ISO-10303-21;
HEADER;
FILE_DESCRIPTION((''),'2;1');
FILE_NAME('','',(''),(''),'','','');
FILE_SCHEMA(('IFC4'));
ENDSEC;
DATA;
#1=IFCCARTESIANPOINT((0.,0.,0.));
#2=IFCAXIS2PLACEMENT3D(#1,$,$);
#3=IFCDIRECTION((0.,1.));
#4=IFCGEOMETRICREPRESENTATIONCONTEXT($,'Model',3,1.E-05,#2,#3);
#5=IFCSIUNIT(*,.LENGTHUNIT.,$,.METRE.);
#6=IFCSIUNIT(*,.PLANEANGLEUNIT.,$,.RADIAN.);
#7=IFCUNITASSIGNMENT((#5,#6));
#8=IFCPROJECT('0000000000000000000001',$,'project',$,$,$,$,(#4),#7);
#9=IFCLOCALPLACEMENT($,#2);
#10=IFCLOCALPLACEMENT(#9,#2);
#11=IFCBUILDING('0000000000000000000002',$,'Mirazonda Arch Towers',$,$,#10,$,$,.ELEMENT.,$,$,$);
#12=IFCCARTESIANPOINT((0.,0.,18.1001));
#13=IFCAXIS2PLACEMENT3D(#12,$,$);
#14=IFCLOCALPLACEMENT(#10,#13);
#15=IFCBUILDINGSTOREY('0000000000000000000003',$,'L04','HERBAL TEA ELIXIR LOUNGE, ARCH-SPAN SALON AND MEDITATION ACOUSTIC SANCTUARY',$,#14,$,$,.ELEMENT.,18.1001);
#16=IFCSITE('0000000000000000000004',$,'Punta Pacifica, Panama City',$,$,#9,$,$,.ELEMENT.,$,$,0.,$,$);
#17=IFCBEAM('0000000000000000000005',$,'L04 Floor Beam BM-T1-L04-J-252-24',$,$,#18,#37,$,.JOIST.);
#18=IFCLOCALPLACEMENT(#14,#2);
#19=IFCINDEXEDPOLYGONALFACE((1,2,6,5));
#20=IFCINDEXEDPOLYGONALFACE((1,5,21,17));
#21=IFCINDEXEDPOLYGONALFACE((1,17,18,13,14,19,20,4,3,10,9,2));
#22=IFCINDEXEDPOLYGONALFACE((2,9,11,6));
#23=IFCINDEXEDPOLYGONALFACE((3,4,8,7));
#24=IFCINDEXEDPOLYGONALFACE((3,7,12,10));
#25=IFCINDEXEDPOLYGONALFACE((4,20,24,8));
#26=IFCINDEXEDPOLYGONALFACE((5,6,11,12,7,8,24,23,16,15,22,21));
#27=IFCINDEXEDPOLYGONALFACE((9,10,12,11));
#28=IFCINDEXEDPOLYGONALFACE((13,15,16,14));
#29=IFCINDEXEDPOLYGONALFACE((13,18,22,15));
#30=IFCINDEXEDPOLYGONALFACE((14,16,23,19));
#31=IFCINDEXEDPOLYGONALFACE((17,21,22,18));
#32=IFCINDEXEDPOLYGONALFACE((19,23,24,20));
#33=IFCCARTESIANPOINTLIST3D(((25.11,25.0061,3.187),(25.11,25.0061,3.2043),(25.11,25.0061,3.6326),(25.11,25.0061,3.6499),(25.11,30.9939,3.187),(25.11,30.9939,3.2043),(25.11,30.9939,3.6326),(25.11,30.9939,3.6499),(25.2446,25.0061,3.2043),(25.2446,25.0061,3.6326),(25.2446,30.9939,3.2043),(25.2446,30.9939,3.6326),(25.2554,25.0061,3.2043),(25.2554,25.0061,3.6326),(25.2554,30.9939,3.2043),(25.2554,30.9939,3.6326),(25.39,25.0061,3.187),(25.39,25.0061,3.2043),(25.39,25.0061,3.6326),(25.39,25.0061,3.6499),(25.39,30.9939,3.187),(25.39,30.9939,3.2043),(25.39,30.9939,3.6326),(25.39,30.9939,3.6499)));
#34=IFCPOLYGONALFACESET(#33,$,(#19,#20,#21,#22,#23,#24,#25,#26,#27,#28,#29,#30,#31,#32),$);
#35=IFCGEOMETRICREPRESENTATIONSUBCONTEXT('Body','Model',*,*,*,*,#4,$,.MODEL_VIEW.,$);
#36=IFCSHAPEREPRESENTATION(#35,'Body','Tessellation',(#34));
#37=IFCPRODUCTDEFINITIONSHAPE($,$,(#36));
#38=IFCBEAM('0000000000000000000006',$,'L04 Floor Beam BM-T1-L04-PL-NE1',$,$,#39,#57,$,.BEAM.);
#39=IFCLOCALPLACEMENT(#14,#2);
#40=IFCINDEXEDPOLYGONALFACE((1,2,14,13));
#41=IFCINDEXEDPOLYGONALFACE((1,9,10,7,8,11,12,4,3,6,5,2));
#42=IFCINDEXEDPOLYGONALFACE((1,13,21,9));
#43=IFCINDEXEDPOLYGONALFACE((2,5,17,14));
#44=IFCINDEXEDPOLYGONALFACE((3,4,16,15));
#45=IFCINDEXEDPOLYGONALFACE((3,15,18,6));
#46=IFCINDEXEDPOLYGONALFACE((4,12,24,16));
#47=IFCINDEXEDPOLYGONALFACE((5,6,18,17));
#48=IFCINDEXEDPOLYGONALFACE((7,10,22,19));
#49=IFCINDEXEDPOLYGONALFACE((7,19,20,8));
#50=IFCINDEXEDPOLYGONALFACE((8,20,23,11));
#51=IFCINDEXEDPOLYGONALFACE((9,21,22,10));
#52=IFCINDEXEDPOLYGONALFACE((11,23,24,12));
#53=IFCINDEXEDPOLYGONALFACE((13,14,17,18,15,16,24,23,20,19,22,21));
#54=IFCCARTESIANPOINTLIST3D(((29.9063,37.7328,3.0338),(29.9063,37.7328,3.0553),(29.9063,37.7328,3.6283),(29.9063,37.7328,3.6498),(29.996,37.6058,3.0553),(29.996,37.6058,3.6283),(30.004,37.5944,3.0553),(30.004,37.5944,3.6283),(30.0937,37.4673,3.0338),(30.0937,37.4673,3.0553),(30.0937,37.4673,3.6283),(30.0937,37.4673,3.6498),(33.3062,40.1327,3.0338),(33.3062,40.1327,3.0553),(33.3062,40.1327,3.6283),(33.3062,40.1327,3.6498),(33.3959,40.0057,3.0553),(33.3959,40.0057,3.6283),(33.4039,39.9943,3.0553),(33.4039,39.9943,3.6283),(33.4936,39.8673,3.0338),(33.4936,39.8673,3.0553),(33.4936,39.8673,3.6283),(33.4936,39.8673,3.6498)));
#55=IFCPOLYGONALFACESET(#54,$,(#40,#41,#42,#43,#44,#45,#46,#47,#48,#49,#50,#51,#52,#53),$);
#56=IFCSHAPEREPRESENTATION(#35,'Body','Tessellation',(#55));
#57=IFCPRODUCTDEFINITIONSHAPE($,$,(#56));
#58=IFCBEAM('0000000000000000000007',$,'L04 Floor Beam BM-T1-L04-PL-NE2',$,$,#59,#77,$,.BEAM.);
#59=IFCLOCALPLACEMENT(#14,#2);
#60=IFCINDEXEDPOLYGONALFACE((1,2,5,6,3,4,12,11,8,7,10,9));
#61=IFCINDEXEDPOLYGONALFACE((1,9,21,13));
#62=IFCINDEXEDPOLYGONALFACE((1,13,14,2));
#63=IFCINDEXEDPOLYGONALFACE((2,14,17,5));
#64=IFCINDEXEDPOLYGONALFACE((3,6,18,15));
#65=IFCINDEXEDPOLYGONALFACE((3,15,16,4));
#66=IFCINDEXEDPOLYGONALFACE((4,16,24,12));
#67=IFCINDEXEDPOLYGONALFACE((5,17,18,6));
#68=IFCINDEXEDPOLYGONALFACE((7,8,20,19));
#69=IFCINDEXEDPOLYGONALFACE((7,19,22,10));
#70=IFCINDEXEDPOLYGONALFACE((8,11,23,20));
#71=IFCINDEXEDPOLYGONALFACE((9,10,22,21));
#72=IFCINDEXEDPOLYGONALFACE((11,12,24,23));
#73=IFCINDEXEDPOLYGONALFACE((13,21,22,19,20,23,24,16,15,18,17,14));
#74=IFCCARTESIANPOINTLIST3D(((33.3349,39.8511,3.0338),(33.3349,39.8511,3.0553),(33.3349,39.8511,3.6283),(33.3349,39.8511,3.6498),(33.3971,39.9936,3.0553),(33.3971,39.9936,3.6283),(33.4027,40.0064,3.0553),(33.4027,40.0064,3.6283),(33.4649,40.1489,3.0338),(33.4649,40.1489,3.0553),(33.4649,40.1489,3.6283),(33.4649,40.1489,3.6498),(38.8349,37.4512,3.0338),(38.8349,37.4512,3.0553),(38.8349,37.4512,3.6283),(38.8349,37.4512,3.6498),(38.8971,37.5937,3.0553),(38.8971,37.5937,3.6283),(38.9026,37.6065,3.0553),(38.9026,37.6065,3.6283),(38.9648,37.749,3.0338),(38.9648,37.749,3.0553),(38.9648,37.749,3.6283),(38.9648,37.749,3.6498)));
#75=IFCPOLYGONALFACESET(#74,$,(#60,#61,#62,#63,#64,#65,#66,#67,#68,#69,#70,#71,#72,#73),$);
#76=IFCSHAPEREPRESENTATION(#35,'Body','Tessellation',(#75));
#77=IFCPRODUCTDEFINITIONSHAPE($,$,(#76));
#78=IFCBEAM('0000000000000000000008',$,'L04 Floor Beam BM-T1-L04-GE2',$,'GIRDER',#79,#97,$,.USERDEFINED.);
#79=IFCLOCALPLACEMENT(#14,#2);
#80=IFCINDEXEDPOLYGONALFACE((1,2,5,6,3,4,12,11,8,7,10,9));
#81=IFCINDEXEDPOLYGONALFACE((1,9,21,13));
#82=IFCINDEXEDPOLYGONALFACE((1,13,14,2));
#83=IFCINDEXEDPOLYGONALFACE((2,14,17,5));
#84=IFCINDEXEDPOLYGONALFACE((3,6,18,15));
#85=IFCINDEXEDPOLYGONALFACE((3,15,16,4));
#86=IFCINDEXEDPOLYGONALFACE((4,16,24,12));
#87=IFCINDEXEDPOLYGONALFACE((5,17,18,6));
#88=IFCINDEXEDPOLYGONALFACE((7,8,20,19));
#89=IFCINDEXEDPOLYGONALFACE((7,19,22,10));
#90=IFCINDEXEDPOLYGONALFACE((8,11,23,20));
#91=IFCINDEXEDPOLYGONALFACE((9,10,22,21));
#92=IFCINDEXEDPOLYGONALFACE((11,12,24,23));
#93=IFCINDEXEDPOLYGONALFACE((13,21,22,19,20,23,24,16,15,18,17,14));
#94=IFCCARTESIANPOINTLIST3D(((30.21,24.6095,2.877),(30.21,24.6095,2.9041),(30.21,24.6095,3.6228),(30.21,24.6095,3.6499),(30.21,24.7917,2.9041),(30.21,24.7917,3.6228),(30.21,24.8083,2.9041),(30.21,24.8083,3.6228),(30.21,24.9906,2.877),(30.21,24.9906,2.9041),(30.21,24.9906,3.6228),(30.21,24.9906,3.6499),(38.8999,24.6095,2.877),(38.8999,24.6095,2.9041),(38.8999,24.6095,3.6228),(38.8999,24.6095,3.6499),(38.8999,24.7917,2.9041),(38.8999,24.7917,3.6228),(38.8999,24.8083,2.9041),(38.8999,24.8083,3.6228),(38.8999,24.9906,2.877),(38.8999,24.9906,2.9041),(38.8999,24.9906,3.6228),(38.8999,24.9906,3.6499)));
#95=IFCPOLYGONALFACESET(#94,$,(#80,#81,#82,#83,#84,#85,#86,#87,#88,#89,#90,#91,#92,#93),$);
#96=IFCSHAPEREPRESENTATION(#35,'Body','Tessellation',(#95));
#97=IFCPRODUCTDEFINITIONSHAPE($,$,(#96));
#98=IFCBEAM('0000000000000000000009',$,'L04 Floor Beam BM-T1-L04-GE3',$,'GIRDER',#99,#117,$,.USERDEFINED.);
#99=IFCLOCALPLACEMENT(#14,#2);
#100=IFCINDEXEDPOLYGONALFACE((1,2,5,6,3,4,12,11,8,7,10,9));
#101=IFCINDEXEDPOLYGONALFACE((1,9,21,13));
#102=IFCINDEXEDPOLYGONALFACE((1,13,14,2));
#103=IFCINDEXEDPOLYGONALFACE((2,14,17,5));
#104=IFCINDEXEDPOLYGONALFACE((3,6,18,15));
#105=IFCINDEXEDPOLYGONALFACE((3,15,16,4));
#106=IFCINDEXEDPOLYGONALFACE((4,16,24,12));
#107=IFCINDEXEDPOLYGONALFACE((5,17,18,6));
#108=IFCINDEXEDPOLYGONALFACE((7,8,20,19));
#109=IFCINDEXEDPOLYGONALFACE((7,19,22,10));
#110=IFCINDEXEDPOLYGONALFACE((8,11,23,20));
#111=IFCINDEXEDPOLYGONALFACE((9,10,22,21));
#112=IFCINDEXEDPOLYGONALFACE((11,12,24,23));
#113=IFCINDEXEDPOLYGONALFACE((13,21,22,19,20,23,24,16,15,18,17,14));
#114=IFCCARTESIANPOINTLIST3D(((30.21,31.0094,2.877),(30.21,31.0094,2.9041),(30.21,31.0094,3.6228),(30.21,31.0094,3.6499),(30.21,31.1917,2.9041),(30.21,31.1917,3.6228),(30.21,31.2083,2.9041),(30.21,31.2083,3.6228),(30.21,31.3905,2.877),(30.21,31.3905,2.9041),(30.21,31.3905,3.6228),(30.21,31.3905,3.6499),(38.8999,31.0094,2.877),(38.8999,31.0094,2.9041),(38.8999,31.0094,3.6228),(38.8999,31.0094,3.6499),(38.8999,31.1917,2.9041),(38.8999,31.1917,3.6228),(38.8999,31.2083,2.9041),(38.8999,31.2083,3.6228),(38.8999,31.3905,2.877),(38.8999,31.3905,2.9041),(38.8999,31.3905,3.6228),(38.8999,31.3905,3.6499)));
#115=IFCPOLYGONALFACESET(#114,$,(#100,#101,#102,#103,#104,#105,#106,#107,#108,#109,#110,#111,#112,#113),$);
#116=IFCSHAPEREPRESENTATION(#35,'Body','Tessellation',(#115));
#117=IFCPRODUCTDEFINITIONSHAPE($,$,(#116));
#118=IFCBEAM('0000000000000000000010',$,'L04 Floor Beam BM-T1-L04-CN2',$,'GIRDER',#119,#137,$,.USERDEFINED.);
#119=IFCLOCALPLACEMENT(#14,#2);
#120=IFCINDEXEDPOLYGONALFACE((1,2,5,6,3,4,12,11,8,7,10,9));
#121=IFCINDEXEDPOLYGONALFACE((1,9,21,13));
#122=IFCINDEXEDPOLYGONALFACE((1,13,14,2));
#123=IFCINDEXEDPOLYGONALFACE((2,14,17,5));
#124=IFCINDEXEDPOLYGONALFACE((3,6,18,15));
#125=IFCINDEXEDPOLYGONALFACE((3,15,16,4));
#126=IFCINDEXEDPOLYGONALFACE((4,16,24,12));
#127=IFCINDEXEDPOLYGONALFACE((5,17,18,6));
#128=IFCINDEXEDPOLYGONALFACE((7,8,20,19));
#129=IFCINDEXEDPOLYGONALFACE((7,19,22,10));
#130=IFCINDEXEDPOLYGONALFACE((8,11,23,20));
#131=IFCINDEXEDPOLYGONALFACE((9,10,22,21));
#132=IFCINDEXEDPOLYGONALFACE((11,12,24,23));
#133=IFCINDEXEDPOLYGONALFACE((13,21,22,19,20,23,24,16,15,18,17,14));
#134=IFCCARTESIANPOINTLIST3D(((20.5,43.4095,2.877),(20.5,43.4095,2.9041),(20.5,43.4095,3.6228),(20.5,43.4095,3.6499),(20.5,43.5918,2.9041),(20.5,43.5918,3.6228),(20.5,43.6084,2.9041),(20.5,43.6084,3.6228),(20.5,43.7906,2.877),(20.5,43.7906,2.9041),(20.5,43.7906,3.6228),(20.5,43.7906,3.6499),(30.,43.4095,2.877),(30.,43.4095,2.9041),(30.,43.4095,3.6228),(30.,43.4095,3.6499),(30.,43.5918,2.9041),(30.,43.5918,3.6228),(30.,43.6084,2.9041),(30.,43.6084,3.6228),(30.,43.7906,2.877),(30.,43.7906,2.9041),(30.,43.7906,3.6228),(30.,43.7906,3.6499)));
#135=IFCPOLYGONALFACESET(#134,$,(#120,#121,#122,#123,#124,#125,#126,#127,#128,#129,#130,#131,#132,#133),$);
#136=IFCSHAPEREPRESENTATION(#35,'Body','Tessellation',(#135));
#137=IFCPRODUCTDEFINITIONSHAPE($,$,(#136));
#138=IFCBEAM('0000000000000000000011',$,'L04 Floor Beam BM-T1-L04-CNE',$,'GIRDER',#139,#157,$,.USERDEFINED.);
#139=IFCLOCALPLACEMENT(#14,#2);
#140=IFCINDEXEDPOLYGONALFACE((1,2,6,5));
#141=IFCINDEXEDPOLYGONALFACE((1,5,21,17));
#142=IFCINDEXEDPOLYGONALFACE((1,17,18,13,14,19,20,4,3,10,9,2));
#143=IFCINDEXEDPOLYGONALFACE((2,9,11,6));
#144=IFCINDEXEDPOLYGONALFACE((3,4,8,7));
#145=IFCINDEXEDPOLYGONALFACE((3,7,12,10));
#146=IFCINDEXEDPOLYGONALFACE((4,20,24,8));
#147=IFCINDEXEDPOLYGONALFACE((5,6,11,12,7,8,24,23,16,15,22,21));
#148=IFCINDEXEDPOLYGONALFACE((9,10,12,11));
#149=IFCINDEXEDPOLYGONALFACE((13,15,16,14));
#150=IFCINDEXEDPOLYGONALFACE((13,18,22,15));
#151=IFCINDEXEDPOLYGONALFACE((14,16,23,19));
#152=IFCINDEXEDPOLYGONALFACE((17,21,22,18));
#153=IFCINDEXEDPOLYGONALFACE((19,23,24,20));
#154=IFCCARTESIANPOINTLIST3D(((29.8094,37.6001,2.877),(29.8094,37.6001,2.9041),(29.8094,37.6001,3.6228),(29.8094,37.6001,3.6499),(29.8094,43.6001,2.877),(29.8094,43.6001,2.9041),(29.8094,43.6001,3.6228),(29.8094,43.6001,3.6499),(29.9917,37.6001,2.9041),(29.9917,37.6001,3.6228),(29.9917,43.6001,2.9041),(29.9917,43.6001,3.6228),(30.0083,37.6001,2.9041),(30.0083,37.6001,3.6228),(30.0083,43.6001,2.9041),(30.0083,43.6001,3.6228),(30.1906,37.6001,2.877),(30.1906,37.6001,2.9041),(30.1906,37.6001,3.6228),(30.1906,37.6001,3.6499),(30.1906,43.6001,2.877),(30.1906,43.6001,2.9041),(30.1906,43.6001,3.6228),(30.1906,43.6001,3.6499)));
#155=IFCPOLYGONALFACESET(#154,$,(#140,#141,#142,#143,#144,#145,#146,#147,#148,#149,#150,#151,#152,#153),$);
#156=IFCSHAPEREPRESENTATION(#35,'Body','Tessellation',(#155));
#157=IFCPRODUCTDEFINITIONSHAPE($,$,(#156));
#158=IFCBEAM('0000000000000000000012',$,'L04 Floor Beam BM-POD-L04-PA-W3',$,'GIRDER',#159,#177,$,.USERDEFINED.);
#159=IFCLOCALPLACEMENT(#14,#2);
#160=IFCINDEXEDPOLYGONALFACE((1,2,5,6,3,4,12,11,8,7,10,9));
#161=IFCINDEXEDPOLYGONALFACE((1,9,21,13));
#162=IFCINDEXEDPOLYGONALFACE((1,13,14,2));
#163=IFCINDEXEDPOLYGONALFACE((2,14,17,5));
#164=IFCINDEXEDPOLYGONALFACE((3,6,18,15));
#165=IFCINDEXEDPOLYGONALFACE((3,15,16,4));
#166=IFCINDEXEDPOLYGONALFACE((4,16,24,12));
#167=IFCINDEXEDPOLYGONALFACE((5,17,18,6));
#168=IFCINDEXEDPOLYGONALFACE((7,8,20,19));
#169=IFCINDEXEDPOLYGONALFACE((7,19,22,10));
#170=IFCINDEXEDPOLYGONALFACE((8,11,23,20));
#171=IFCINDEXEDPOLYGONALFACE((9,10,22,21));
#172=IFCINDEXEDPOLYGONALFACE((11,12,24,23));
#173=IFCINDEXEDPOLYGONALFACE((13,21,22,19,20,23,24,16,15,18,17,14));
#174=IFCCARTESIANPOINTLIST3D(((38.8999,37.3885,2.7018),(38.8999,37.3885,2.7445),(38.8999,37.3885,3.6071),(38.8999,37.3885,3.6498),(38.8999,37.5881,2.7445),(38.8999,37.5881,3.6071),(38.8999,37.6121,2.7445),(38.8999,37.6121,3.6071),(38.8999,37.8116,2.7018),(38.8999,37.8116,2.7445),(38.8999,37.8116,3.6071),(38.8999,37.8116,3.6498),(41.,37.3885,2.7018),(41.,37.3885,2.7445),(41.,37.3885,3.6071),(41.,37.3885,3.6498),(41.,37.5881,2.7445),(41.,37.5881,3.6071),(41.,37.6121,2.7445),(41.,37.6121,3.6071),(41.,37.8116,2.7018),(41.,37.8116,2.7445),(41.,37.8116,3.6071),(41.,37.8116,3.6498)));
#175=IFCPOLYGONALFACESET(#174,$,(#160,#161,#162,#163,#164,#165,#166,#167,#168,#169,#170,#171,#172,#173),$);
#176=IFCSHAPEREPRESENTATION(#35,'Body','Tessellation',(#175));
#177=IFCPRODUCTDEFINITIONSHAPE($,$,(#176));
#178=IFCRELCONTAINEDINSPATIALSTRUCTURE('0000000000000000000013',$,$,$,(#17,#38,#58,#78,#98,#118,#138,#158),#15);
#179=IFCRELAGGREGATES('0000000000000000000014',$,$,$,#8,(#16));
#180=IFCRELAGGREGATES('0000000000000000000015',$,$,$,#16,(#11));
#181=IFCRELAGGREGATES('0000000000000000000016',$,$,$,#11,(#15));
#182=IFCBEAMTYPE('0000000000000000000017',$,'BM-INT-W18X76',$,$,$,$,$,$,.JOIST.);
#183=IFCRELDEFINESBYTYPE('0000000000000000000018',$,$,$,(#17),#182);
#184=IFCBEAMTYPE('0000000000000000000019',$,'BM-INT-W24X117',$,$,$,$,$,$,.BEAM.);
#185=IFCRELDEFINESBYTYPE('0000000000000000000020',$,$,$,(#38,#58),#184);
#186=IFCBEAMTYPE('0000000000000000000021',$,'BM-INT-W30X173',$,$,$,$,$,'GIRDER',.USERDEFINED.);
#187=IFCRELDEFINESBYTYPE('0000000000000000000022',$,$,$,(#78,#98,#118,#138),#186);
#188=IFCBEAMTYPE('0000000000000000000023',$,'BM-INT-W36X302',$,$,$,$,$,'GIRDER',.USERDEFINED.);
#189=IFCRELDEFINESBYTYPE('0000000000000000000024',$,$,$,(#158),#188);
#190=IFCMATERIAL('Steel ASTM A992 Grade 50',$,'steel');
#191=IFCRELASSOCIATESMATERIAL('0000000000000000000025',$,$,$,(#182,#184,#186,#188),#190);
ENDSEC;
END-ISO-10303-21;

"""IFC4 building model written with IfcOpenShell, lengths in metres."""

from ifc_helpers import new_model, si_unit, direction, frame, origin, origin_2d, place, context, subcontext, project, spatial, i_section, extrude, material, material_profile, profile_set, type_object, element, save


model = new_model("IFC4")

# Units and contexts
model_context = context("Model", 3, precision=1e-05, world=origin(), true_north=direction((0.0, 1.0)))
body_context = subcontext(model_context, "Body", "Model", "MODEL_VIEW")
ifc_project = project(units=[si_unit("LENGTHUNIT", "METRE"), si_unit("PLANEANGLEUNIT", "RADIAN")], contexts=[model_context])

# Site, building, storey
site_placement = place(None, origin())
site = spatial("IfcSite", under=ifc_project, at=site_placement, Name="Punta Pacifica, Panama City", CompositionType="ELEMENT", RefElevation=0.0)
building_placement = place(site_placement, origin())
building = spatial("IfcBuilding", under=site, at=building_placement, Name="Mirazonda Arch Towers", CompositionType="ELEMENT")
storey_placement = place(building_placement, frame((0.0, 0.0, 18.1001)))
storey = spatial("IfcBuildingStorey", under=building, at=storey_placement, Name="L04", Description="HERBAL TEA ELIXIR LOUNGE, ARCH-SPAN SALON AND MEDITATION ACOUSTIC SANCTUARY", CompositionType="ELEMENT", Elevation=18.1001)

# Beams
ifc_material_1 = material(Name="Steel ASTM A992 Grade 50", Category="steel")
ifc_material_profile_1 = material_profile(ifc_material_1, i_section(OverallWidth=0.28, OverallDepth=0.4629, WebThickness=0.0107, FlangeThickness=0.0173, at=origin_2d()), Name="W18X76")
ifc_profile_set_1 = profile_set([ifc_material_profile_1], Name="Steel ASTM A992 Grade 50")
beam_type_1 = type_object("IfcBeamType", Name="BM-INT-W18X76", PredefinedType="JOIST", material=ifc_profile_set_1)
beam_1_placement = place(storey_placement, frame((25.25, 25.0061, 3.4185), z_axis=(0.0, 1.0, 0.0), x_axis=(-1.0, 0.0, 0.0)))
element("IfcBeam", 1, at=beam_1_placement, inside=storey, type_object=beam_type_1, Name="L04 Floor Beam BM-T1-L04-J-252-24", PredefinedType="JOIST", context=body_context, shape_type="SweptSolid", body=[
    extrude(i_section(OverallWidth=0.28, OverallDepth=0.4629, WebThickness=0.0107, FlangeThickness=0.0173, at=origin_2d()), origin(), (0.0, 0.0, 1.0), 5.9878),
])
ifc_material_profile_2 = material_profile(ifc_material_1, i_section(OverallWidth=0.325, OverallDepth=0.616, WebThickness=0.0139, FlangeThickness=0.0215, at=origin_2d()), Name="W24X117")
ifc_profile_set_2 = profile_set([ifc_material_profile_2], Name="Steel ASTM A992 Grade 50")
beam_type_2 = type_object("IfcBeamType", Name="BM-INT-W24X117", PredefinedType="BEAM", material=ifc_profile_set_2)
beam_2_placement = place(storey_placement, frame((33.3999, 40.0, 3.3418), z_axis=(-0.816971, -0.576679, 0.0), x_axis=(0.576679, -0.816971, 0.0)))
element("IfcBeam", 2, at=beam_2_placement, inside=storey, type_object=beam_type_2, Name="L04 Floor Beam BM-T1-L04-PL-NE1", PredefinedType="BEAM", context=body_context, shape_type="SweptSolid", body=[
    extrude(i_section(OverallWidth=0.325, OverallDepth=0.616, WebThickness=0.0139, FlangeThickness=0.0215, at=origin_2d()), origin(), (0.0, 0.0, 1.0), 4.1616),
])
beam_3_placement = place(storey_placement, frame((33.3999, 40.0, 3.3418), z_axis=(0.916545, -0.399931, 0.0), x_axis=(0.399931, 0.916545, 0.0)))
element("IfcBeam", 3, at=beam_3_placement, inside=storey, type_object=beam_type_2, Name="L04 Floor Beam BM-T1-L04-PL-NE2", PredefinedType="BEAM", context=body_context, shape_type="SweptSolid", body=[
    extrude(i_section(OverallWidth=0.325, OverallDepth=0.616, WebThickness=0.0139, FlangeThickness=0.0215, at=origin_2d()), origin(), (0.0, 0.0, 1.0), 6.0007),
])
ifc_material_profile_3 = material_profile(ifc_material_1, i_section(OverallWidth=0.3811, OverallDepth=0.7729, WebThickness=0.0166, FlangeThickness=0.0271, at=origin_2d()), Name="W30X173")
ifc_profile_set_3 = profile_set([ifc_material_profile_3], Name="Steel ASTM A992 Grade 50")
beam_type_3 = type_object("IfcBeamType", Name="BM-INT-W30X173", ElementType="GIRDER", PredefinedType="USERDEFINED", material=ifc_profile_set_3)
for number, where, z_axis, x_axis, name in (
    (4, (30.21, 24.8, 3.2634), (1.0, 0.0, 0.0), (0.0, 1.0, 0.0), "L04 Floor Beam BM-T1-L04-GE2"),
    (5, (30.21, 31.2, 3.2634), (1.0, 0.0, 0.0), (0.0, 1.0, 0.0), "L04 Floor Beam BM-T1-L04-GE3"),
):
    element("IfcBeam", number, at=place(storey_placement, frame(where, z_axis=z_axis, x_axis=x_axis)), inside=storey, type_object=beam_type_3, Name=name, ObjectType="GIRDER", PredefinedType="USERDEFINED", context=body_context, shape_type="SweptSolid", body=[
        extrude(i_section(OverallWidth=0.3811, OverallDepth=0.7729, WebThickness=0.0166, FlangeThickness=0.0271, at=origin_2d()), origin(), (0.0, 0.0, 1.0), 8.6899),
    ])
beam_4_placement = place(storey_placement, frame((20.5, 43.6001, 3.2634), z_axis=(1.0, 0.0, 0.0), x_axis=(0.0, 1.0, 0.0)))
element("IfcBeam", 6, at=beam_4_placement, inside=storey, type_object=beam_type_3, Name="L04 Floor Beam BM-T1-L04-CN2", ObjectType="GIRDER", PredefinedType="USERDEFINED", context=body_context, shape_type="SweptSolid", body=[
    extrude(i_section(OverallWidth=0.3811, OverallDepth=0.7729, WebThickness=0.0166, FlangeThickness=0.0271, at=origin_2d()), origin(), (0.0, 0.0, 1.0), 9.5),
])
beam_5_placement = place(storey_placement, frame((30.0, 37.6001, 3.2634), z_axis=(0.0, 1.0, 0.0), x_axis=(-1.0, 0.0, 0.0)))
element("IfcBeam", 7, at=beam_5_placement, inside=storey, type_object=beam_type_3, Name="L04 Floor Beam BM-T1-L04-CNE", ObjectType="GIRDER", PredefinedType="USERDEFINED", context=body_context, shape_type="SweptSolid", body=[
    extrude(i_section(OverallWidth=0.3811, OverallDepth=0.7729, WebThickness=0.0166, FlangeThickness=0.0271, at=origin_2d()), origin(), (0.0, 0.0, 1.0), 6.0),
])
ifc_material_profile_4 = material_profile(ifc_material_1, i_section(OverallWidth=0.4231, OverallDepth=0.948, WebThickness=0.0239, FlangeThickness=0.0427, at=origin_2d()), Name="W36X302")
ifc_profile_set_4 = profile_set([ifc_material_profile_4], Name="Steel ASTM A992 Grade 50")
beam_type_4 = type_object("IfcBeamType", Name="BM-INT-W36X302", ElementType="GIRDER", PredefinedType="USERDEFINED", material=ifc_profile_set_4)
beam_6_placement = place(storey_placement, frame((38.8999, 37.6001, 3.1758), z_axis=(1.0, 0.0, 0.0), x_axis=(0.0, 1.0, 0.0)))
element("IfcBeam", 8, at=beam_6_placement, inside=storey, type_object=beam_type_4, Name="L04 Floor Beam BM-POD-L04-PA-W3", ObjectType="GIRDER", PredefinedType="USERDEFINED", context=body_context, shape_type="SweptSolid", body=[
    extrude(i_section(OverallWidth=0.4231, OverallDepth=0.948, WebThickness=0.0239, FlangeThickness=0.0427, at=origin_2d()), origin(), (0.0, 0.0, 1.0), 2.1001),
])

save(model, "model.ifc")
